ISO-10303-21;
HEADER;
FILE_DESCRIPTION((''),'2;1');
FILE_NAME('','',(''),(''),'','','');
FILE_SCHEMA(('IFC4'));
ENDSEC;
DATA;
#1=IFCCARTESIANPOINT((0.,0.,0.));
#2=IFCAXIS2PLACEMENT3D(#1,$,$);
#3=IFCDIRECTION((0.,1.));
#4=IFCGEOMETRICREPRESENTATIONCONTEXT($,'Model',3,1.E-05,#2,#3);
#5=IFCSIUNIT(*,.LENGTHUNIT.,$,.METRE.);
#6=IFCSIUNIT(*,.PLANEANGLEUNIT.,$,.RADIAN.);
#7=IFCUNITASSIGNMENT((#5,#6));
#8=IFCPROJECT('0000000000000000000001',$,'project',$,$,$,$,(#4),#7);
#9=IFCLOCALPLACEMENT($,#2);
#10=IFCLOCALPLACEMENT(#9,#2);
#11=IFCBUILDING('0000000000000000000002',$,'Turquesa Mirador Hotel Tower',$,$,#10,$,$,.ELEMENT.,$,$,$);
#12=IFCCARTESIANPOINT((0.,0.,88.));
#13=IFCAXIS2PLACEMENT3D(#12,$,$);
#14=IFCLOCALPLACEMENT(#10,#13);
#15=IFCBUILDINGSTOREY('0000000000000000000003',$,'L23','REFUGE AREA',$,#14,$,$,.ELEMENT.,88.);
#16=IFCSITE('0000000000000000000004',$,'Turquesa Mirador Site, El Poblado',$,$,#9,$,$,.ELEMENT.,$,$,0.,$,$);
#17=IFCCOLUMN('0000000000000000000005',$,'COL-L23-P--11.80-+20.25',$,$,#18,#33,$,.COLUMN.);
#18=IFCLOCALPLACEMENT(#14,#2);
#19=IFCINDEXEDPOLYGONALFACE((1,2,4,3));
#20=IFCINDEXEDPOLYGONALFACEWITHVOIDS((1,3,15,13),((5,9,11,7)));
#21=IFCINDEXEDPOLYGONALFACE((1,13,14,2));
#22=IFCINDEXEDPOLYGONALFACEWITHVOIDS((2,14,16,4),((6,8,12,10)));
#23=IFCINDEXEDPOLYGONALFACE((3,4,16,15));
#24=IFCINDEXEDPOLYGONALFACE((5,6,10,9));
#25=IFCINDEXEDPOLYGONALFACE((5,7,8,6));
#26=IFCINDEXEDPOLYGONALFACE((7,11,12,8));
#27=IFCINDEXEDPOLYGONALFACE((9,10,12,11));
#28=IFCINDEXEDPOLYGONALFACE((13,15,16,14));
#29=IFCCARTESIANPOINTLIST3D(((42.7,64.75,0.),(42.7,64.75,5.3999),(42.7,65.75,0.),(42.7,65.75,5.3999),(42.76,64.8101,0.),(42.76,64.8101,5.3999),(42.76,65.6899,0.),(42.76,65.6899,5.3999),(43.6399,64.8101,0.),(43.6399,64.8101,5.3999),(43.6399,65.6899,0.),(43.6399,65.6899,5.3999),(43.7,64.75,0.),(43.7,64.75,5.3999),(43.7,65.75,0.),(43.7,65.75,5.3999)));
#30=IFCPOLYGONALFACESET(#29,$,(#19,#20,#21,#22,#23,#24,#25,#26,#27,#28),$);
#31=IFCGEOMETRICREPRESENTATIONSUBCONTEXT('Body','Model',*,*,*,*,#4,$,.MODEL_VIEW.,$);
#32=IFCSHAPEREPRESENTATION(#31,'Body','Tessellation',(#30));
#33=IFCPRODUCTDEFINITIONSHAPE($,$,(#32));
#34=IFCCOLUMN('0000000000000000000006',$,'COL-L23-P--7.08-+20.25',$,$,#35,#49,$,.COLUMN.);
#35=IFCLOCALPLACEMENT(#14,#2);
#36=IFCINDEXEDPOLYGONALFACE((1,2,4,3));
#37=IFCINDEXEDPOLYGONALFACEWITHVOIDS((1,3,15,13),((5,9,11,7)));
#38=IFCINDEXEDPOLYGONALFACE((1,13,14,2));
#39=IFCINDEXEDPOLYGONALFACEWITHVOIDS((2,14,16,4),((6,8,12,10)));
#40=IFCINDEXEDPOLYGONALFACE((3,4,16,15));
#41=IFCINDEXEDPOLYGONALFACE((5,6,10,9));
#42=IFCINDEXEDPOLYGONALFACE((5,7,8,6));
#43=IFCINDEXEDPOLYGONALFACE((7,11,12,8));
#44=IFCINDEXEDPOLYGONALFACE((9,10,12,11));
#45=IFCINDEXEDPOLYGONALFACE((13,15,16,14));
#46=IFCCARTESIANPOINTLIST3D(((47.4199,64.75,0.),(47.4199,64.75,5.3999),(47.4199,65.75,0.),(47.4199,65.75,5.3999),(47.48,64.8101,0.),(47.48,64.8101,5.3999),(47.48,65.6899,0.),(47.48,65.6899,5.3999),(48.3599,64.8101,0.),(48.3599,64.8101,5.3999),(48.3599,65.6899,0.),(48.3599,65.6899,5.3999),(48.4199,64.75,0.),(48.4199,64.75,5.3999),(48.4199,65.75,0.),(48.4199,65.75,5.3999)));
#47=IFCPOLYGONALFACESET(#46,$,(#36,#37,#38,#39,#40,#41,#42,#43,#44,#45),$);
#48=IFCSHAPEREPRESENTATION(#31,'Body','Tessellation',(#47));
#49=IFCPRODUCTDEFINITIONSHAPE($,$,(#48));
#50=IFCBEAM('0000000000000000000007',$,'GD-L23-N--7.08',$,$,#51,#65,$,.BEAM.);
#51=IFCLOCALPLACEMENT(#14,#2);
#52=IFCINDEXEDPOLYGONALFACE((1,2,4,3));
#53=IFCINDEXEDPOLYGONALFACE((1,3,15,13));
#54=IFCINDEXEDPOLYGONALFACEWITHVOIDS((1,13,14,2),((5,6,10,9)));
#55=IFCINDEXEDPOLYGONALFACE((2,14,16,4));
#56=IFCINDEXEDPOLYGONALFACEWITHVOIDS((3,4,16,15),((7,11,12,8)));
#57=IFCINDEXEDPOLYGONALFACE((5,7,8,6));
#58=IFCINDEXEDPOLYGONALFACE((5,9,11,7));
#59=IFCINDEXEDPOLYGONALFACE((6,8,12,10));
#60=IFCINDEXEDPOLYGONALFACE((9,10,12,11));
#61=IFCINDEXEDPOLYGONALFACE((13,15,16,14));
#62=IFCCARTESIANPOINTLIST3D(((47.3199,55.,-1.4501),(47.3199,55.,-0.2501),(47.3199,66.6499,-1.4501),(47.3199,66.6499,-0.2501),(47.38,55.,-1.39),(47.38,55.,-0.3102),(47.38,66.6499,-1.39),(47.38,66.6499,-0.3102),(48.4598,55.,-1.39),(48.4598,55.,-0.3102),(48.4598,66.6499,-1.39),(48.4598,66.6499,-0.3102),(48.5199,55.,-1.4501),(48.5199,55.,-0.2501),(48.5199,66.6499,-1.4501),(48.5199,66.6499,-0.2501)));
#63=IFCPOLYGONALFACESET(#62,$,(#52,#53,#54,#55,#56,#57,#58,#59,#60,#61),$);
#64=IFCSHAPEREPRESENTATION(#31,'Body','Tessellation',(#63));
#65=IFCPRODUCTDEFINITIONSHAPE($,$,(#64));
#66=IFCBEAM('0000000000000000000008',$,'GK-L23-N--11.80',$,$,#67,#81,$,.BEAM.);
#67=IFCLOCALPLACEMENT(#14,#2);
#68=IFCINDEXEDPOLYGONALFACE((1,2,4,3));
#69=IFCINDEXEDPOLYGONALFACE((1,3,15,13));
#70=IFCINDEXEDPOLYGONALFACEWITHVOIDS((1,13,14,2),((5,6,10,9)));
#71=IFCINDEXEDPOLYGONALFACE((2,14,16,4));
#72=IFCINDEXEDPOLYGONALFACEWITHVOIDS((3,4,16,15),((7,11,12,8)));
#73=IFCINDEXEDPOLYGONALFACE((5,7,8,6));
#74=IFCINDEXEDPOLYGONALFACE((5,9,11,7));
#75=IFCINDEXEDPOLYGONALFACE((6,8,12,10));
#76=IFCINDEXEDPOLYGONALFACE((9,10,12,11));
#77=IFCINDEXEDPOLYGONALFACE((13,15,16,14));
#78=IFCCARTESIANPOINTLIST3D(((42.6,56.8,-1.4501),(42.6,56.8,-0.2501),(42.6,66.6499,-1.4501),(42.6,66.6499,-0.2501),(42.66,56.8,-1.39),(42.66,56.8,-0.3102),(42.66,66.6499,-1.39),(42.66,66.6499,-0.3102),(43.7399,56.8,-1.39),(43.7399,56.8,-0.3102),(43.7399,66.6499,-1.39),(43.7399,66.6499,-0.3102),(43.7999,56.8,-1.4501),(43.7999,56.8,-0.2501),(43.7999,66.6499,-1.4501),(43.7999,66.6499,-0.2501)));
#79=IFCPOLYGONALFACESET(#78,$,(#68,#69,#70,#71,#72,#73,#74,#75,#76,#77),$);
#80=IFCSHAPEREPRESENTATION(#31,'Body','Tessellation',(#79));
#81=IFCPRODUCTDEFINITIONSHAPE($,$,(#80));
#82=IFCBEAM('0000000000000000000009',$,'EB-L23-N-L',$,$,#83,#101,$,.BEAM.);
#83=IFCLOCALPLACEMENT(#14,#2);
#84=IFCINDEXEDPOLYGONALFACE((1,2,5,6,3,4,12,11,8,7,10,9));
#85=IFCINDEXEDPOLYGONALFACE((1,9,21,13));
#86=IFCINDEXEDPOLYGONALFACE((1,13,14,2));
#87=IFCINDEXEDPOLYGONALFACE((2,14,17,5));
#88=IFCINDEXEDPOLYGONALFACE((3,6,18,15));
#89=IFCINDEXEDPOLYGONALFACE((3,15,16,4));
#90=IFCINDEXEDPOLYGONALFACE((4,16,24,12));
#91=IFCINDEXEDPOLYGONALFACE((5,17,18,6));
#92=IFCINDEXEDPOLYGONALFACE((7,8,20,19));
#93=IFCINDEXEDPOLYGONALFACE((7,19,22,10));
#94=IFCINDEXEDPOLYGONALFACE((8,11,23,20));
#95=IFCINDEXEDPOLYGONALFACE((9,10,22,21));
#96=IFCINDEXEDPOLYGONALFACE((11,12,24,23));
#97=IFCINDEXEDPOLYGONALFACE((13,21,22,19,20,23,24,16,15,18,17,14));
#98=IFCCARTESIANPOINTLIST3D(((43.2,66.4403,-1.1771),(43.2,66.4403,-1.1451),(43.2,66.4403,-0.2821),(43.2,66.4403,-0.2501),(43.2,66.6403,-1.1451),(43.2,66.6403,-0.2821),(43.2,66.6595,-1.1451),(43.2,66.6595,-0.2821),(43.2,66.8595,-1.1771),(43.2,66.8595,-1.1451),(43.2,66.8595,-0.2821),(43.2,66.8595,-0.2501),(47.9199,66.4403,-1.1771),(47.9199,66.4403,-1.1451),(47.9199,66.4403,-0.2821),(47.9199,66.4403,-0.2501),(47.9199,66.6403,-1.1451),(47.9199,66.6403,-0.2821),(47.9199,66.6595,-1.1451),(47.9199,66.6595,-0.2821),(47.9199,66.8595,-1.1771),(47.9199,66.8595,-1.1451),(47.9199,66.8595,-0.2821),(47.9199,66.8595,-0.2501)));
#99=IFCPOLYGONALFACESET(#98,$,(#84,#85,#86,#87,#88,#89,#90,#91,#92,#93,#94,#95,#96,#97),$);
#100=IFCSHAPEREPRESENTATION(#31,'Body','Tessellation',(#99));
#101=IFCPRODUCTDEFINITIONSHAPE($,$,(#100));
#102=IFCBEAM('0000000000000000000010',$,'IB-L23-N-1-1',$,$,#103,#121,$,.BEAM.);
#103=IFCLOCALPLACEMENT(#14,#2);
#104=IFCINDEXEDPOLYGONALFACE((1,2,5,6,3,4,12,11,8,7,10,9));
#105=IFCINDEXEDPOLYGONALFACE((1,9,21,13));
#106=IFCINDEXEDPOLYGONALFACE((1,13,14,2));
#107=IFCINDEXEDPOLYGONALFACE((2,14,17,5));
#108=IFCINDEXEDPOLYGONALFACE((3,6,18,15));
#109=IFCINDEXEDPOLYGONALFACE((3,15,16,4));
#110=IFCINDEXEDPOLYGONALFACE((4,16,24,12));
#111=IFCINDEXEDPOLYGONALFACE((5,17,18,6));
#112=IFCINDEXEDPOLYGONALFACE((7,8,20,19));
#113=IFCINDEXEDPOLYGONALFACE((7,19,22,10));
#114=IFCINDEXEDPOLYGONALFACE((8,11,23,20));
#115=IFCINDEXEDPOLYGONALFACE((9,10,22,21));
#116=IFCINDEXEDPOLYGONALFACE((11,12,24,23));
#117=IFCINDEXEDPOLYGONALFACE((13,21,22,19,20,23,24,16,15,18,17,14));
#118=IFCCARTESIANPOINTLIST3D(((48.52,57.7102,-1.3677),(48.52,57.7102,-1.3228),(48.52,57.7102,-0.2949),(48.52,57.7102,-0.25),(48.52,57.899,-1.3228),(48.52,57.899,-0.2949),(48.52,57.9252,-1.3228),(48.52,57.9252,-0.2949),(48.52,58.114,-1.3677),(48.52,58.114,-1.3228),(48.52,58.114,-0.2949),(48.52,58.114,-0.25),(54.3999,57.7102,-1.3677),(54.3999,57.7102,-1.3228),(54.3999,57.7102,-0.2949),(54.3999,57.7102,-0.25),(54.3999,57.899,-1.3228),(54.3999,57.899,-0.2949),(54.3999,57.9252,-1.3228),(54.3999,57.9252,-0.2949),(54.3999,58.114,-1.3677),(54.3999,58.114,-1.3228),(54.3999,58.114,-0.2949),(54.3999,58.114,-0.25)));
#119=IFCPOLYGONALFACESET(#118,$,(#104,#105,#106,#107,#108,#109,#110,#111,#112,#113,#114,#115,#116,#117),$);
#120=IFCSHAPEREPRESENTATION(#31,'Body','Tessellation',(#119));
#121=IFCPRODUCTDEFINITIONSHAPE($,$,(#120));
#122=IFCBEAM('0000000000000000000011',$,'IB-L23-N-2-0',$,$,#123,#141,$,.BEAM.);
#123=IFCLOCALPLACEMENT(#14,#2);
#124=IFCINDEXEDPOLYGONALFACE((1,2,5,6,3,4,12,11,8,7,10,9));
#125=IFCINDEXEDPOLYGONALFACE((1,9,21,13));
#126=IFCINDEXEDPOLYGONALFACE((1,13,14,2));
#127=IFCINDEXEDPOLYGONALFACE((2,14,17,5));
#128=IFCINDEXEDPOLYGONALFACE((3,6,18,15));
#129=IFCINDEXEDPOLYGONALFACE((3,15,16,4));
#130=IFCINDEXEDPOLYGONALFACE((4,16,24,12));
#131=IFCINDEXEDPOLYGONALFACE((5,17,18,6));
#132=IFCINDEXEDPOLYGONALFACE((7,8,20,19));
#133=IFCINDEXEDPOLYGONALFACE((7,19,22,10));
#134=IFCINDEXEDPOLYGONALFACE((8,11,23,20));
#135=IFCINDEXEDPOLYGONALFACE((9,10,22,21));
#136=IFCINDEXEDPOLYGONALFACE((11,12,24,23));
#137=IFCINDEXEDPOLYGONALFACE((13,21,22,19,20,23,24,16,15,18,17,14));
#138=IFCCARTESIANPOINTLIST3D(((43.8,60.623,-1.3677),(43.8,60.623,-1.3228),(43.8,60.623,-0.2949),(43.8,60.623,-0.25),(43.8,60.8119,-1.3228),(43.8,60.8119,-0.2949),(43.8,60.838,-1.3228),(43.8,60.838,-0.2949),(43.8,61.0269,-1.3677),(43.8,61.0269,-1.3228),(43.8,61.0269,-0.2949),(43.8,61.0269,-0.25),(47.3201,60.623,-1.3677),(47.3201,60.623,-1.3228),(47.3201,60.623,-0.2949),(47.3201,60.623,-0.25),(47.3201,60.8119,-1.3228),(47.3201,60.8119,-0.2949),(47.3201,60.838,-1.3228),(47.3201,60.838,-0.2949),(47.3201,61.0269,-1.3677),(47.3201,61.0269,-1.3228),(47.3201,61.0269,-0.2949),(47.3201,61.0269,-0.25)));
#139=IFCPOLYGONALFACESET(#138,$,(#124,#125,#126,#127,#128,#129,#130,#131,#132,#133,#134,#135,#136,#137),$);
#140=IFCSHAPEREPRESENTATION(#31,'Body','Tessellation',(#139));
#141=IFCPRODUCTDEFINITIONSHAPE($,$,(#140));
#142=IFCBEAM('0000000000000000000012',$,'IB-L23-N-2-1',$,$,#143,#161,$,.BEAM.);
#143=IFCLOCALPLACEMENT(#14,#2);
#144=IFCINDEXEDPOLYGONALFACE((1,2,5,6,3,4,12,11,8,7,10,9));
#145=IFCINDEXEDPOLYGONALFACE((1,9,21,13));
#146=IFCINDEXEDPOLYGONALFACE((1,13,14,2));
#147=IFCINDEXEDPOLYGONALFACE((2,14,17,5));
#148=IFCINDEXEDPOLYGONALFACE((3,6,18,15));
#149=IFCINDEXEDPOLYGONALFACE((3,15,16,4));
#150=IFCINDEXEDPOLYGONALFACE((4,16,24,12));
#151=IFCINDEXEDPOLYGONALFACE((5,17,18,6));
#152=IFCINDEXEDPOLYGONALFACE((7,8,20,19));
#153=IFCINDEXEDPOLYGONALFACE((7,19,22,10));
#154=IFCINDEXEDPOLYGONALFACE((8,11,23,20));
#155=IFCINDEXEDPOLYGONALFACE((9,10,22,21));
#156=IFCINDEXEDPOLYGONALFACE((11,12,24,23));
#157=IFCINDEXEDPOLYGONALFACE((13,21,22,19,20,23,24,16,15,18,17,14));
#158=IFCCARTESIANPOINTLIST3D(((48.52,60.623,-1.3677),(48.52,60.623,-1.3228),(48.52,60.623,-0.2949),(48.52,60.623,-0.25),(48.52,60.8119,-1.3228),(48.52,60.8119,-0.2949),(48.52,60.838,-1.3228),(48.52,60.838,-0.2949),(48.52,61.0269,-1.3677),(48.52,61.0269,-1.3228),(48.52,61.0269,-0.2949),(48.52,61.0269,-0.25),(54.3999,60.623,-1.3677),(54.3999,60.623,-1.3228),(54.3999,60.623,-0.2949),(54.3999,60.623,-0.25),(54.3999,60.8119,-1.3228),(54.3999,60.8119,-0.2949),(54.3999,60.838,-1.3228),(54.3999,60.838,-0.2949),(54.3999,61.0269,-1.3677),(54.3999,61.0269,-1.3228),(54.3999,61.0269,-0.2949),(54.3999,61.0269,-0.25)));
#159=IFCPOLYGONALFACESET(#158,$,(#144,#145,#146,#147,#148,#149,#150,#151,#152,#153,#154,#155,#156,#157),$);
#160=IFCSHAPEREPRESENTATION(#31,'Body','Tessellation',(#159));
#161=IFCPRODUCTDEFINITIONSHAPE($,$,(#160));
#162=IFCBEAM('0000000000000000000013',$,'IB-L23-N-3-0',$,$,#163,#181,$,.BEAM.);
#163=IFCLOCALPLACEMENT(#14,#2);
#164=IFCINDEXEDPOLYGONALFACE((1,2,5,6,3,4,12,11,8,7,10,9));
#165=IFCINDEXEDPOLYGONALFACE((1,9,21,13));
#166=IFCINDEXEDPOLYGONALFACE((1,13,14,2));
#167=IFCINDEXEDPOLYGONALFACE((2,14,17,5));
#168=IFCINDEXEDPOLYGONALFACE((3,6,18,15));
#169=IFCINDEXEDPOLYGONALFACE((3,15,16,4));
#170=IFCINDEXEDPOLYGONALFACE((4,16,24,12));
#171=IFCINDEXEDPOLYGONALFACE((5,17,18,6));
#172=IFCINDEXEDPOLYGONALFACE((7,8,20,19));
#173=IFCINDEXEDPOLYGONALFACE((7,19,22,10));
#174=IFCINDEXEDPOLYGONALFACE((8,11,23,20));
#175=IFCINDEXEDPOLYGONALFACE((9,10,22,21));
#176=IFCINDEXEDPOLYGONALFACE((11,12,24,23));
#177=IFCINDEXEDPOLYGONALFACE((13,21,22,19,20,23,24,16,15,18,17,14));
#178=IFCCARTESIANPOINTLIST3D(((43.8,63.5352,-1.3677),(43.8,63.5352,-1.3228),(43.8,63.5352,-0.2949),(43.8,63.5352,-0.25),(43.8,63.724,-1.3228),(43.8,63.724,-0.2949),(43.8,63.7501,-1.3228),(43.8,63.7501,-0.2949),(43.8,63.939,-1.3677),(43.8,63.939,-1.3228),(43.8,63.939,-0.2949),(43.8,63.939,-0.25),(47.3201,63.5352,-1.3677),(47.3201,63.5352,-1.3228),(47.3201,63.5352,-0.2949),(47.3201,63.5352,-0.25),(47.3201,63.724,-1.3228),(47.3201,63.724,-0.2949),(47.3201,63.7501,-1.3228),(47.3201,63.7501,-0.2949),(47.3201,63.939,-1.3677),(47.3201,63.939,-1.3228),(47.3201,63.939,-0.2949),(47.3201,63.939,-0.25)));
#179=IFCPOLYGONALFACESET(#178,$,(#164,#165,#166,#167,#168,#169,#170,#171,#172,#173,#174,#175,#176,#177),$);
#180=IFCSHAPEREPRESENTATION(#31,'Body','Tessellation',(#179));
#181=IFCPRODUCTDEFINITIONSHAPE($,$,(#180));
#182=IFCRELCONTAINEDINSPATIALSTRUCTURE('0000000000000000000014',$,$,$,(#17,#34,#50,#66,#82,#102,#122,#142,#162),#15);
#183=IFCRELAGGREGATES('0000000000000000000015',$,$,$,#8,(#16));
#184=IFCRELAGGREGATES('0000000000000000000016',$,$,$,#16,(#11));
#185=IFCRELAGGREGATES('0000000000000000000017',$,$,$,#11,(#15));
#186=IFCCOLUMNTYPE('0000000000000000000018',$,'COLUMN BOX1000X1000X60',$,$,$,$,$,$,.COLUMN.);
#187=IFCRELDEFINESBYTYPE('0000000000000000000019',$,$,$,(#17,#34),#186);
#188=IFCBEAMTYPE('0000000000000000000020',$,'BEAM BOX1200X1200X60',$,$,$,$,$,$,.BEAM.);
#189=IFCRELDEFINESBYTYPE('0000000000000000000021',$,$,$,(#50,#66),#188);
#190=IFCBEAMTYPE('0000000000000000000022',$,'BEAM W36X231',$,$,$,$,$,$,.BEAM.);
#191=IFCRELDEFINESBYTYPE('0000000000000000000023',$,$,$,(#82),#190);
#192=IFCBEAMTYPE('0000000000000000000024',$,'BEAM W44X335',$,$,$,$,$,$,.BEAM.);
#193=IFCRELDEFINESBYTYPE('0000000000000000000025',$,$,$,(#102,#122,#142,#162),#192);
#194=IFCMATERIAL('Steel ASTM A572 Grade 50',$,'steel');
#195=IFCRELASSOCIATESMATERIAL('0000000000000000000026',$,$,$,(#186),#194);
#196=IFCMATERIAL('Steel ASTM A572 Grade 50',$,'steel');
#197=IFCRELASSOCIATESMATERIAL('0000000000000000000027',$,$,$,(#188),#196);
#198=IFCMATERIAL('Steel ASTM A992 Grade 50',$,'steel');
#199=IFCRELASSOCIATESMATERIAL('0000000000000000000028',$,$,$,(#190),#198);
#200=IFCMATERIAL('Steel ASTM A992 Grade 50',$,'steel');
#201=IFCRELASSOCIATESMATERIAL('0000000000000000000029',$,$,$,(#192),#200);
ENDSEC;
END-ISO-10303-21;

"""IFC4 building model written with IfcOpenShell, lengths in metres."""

from ifc_helpers import new_model, si_unit, direction, frame, origin, origin_2d, place, context, subcontext, project, spatial, hollow_rectangle, i_section, extrude, material, material_profile, profile_set, type_object, element, save


model = new_model("IFC4")

# Units and contexts
model_context = context("Model", 3, precision=1e-05, world=origin(), true_north=direction((0.0, 1.0)))
body_context = subcontext(model_context, "Body", "Model", "MODEL_VIEW")
ifc_project = project(units=[si_unit("LENGTHUNIT", "METRE"), si_unit("PLANEANGLEUNIT", "RADIAN")], contexts=[model_context])

# Site, building, storey
site_placement = place(None, origin())
site = spatial("IfcSite", under=ifc_project, at=site_placement, Name="Turquesa Mirador Site, El Poblado", CompositionType="ELEMENT", RefElevation=0.0)
building_placement = place(site_placement, origin())
building = spatial("IfcBuilding", under=site, at=building_placement, Name="Turquesa Mirador Hotel Tower", CompositionType="ELEMENT")
storey_placement = place(building_placement, frame((0.0, 0.0, 88.0)))
storey = spatial("IfcBuildingStorey", under=building, at=storey_placement, Name="L23", Description="REFUGE AREA", CompositionType="ELEMENT", Elevation=88.0)

# Columns
ifc_material_1 = material(Name="Steel ASTM A572 Grade 50", Category="steel")
ifc_material_profile_1 = material_profile(ifc_material_1, hollow_rectangle(XDim=1.0, YDim=1.0, WallThickness=0.0601, at=origin_2d()), Name="BOX1000X1000X60")
ifc_profile_set_1 = profile_set([ifc_material_profile_1], Name="Steel ASTM A572 Grade 50")
column_type = type_object("IfcColumnType", Name="COLUMN BOX1000X1000X60", PredefinedType="COLUMN", material=ifc_profile_set_1)
for number, where, z_axis, x_axis, name in (
    (1, (43.2, 65.25, 0.0), (0.0, 0.0, 1.0), (1.0, 0.0, 0.0), "COL-L23-P--11.80-+20.25"),
    (2, (47.9199, 65.25, 0.0), (0.0, 0.0, 1.0), (1.0, 0.0, 0.0), "COL-L23-P--7.08-+20.25"),
):
    element("IfcColumn", number, at=place(storey_placement, frame(where, z_axis=z_axis, x_axis=x_axis)), inside=storey, type_object=column_type, Name=name, PredefinedType="COLUMN", context=body_context, shape_type="SweptSolid", body=[
        extrude(hollow_rectangle(XDim=1.0, YDim=1.0, WallThickness=0.0601, at=origin_2d()), origin(), (0.0, 0.0, 1.0), 5.3999),
    ])

# Beams
ifc_material_2 = material(Name="Steel ASTM A572 Grade 50", Category="steel")
ifc_material_profile_2 = material_profile(ifc_material_2, hollow_rectangle(XDim=1.2, YDim=1.2, WallThickness=0.0601, at=origin_2d()), Name="BOX1200X1200X60")
ifc_profile_set_2 = profile_set([ifc_material_profile_2], Name="Steel ASTM A572 Grade 50")
beam_type_1 = type_object("IfcBeamType", Name="BEAM BOX1200X1200X60", PredefinedType="BEAM", material=ifc_profile_set_2)
beam_1_placement = place(storey_placement, frame((47.9199, 66.6499, -0.8501), z_axis=(0.0, -1.0, 0.0), x_axis=(1.0, 0.0, 0.0)))
element("IfcBeam", 3, at=beam_1_placement, inside=storey, type_object=beam_type_1, Name="GD-L23-N--7.08", PredefinedType="BEAM", context=body_context, shape_type="SweptSolid", body=[
    extrude(hollow_rectangle(XDim=1.2, YDim=1.2, WallThickness=0.0601, at=origin_2d()), origin(), (0.0, 0.0, 1.0), 11.6499),
])
beam_2_placement = place(storey_placement, frame((43.2, 66.6499, -0.8501), z_axis=(0.0, -1.0, 0.0), x_axis=(1.0, 0.0, 0.0)))
element("IfcBeam", 4, at=beam_2_placement, inside=storey, type_object=beam_type_1, Name="GK-L23-N--11.80", PredefinedType="BEAM", context=body_context, shape_type="SweptSolid", body=[
    extrude(hollow_rectangle(XDim=1.2, YDim=1.2, WallThickness=0.0601, at=origin_2d()), origin(), (0.0, 0.0, 1.0), 9.8499),
])
ifc_material_3 = material(Name="Steel ASTM A992 Grade 50", Category="steel")
ifc_material_profile_3 = material_profile(ifc_material_3, i_section(OverallWidth=0.4192, OverallDepth=0.927, WebThickness=0.0193, FlangeThickness=0.032, at=origin_2d()), Name="W36X231")
ifc_profile_set_3 = profile_set([ifc_material_profile_3], Name="Steel ASTM A992 Grade 50")
beam_type_2 = type_object("IfcBeamType", Name="BEAM W36X231", PredefinedType="BEAM", material=ifc_profile_set_3)
beam_3_placement = place(storey_placement, frame((43.2, 66.6499, -0.7136), z_axis=(1.0, 0.0, 0.0), x_axis=(0.0, 1.0, 0.0)))
element("IfcBeam", 5, at=beam_3_placement, inside=storey, type_object=beam_type_2, Name="EB-L23-N-L", PredefinedType="BEAM", context=body_context, shape_type="SweptSolid", body=[
    extrude(i_section(OverallWidth=0.4192, OverallDepth=0.927, WebThickness=0.0193, FlangeThickness=0.032, at=origin_2d()), origin(), (0.0, 0.0, 1.0), 4.72),
])
ifc_material_4 = material(Name="Steel ASTM A992 Grade 50", Category="steel")
ifc_material_profile_4 = material_profile(ifc_material_4, i_section(OverallWidth=0.4038, OverallDepth=1.1177, WebThickness=0.0261, FlangeThickness=0.0449, at=origin_2d()), Name="W44X335")
ifc_profile_set_4 = profile_set([ifc_material_profile_4], Name="Steel ASTM A992 Grade 50")
beam_type_3 = type_object("IfcBeamType", Name="BEAM W44X335", PredefinedType="BEAM", material=ifc_profile_set_4)
beam_4_placement = place(storey_placement, frame((48.52, 57.9121, -0.8088), z_axis=(1.0, 0.0, 0.0), x_axis=(0.0, 1.0, 0.0)))
element("IfcBeam", 6, at=beam_4_placement, inside=storey, type_object=beam_type_3, Name="IB-L23-N-1-1", PredefinedType="BEAM", context=body_context, shape_type="SweptSolid", body=[
    extrude(i_section(OverallWidth=0.4038, OverallDepth=1.1177, WebThickness=0.0261, FlangeThickness=0.0449, at=origin_2d()), origin(), (0.0, 0.0, 1.0), 5.8799),
])
beam_5_placement = place(storey_placement, frame((43.8, 60.825, -0.8088), z_axis=(1.0, 0.0, 0.0), x_axis=(0.0, 1.0, 0.0)))
element("IfcBeam", 7, at=beam_5_placement, inside=storey, type_object=beam_type_3, Name="IB-L23-N-2-0", PredefinedType="BEAM", context=body_context, shape_type="SweptSolid", body=[
    extrude(i_section(OverallWidth=0.4038, OverallDepth=1.1177, WebThickness=0.0261, FlangeThickness=0.0449, at=origin_2d()), origin(), (0.0, 0.0, 1.0), 3.52),
])
beam_6_placement = place(storey_placement, frame((48.52, 60.825, -0.8088), z_axis=(1.0, 0.0, 0.0), x_axis=(0.0, 1.0, 0.0)))
element("IfcBeam", 8, at=beam_6_placement, inside=storey, type_object=beam_type_3, Name="IB-L23-N-2-1", PredefinedType="BEAM", context=body_context, shape_type="SweptSolid", body=[
    extrude(i_section(OverallWidth=0.4038, OverallDepth=1.1177, WebThickness=0.0261, FlangeThickness=0.0449, at=origin_2d()), origin(), (0.0, 0.0, 1.0), 5.8799),
])
beam_7_placement = place(storey_placement, frame((43.8, 63.7371, -0.8088), z_axis=(1.0, 0.0, 0.0), x_axis=(0.0, 1.0, 0.0)))
element("IfcBeam", 9, at=beam_7_placement, inside=storey, type_object=beam_type_3, Name="IB-L23-N-3-0", PredefinedType="BEAM", context=body_context, shape_type="SweptSolid", body=[
    extrude(i_section(OverallWidth=0.4038, OverallDepth=1.1177, WebThickness=0.0261, FlangeThickness=0.0449, at=origin_2d()), origin(), (0.0, 0.0, 1.0), 3.52),
])

save(model, "model.ifc")
